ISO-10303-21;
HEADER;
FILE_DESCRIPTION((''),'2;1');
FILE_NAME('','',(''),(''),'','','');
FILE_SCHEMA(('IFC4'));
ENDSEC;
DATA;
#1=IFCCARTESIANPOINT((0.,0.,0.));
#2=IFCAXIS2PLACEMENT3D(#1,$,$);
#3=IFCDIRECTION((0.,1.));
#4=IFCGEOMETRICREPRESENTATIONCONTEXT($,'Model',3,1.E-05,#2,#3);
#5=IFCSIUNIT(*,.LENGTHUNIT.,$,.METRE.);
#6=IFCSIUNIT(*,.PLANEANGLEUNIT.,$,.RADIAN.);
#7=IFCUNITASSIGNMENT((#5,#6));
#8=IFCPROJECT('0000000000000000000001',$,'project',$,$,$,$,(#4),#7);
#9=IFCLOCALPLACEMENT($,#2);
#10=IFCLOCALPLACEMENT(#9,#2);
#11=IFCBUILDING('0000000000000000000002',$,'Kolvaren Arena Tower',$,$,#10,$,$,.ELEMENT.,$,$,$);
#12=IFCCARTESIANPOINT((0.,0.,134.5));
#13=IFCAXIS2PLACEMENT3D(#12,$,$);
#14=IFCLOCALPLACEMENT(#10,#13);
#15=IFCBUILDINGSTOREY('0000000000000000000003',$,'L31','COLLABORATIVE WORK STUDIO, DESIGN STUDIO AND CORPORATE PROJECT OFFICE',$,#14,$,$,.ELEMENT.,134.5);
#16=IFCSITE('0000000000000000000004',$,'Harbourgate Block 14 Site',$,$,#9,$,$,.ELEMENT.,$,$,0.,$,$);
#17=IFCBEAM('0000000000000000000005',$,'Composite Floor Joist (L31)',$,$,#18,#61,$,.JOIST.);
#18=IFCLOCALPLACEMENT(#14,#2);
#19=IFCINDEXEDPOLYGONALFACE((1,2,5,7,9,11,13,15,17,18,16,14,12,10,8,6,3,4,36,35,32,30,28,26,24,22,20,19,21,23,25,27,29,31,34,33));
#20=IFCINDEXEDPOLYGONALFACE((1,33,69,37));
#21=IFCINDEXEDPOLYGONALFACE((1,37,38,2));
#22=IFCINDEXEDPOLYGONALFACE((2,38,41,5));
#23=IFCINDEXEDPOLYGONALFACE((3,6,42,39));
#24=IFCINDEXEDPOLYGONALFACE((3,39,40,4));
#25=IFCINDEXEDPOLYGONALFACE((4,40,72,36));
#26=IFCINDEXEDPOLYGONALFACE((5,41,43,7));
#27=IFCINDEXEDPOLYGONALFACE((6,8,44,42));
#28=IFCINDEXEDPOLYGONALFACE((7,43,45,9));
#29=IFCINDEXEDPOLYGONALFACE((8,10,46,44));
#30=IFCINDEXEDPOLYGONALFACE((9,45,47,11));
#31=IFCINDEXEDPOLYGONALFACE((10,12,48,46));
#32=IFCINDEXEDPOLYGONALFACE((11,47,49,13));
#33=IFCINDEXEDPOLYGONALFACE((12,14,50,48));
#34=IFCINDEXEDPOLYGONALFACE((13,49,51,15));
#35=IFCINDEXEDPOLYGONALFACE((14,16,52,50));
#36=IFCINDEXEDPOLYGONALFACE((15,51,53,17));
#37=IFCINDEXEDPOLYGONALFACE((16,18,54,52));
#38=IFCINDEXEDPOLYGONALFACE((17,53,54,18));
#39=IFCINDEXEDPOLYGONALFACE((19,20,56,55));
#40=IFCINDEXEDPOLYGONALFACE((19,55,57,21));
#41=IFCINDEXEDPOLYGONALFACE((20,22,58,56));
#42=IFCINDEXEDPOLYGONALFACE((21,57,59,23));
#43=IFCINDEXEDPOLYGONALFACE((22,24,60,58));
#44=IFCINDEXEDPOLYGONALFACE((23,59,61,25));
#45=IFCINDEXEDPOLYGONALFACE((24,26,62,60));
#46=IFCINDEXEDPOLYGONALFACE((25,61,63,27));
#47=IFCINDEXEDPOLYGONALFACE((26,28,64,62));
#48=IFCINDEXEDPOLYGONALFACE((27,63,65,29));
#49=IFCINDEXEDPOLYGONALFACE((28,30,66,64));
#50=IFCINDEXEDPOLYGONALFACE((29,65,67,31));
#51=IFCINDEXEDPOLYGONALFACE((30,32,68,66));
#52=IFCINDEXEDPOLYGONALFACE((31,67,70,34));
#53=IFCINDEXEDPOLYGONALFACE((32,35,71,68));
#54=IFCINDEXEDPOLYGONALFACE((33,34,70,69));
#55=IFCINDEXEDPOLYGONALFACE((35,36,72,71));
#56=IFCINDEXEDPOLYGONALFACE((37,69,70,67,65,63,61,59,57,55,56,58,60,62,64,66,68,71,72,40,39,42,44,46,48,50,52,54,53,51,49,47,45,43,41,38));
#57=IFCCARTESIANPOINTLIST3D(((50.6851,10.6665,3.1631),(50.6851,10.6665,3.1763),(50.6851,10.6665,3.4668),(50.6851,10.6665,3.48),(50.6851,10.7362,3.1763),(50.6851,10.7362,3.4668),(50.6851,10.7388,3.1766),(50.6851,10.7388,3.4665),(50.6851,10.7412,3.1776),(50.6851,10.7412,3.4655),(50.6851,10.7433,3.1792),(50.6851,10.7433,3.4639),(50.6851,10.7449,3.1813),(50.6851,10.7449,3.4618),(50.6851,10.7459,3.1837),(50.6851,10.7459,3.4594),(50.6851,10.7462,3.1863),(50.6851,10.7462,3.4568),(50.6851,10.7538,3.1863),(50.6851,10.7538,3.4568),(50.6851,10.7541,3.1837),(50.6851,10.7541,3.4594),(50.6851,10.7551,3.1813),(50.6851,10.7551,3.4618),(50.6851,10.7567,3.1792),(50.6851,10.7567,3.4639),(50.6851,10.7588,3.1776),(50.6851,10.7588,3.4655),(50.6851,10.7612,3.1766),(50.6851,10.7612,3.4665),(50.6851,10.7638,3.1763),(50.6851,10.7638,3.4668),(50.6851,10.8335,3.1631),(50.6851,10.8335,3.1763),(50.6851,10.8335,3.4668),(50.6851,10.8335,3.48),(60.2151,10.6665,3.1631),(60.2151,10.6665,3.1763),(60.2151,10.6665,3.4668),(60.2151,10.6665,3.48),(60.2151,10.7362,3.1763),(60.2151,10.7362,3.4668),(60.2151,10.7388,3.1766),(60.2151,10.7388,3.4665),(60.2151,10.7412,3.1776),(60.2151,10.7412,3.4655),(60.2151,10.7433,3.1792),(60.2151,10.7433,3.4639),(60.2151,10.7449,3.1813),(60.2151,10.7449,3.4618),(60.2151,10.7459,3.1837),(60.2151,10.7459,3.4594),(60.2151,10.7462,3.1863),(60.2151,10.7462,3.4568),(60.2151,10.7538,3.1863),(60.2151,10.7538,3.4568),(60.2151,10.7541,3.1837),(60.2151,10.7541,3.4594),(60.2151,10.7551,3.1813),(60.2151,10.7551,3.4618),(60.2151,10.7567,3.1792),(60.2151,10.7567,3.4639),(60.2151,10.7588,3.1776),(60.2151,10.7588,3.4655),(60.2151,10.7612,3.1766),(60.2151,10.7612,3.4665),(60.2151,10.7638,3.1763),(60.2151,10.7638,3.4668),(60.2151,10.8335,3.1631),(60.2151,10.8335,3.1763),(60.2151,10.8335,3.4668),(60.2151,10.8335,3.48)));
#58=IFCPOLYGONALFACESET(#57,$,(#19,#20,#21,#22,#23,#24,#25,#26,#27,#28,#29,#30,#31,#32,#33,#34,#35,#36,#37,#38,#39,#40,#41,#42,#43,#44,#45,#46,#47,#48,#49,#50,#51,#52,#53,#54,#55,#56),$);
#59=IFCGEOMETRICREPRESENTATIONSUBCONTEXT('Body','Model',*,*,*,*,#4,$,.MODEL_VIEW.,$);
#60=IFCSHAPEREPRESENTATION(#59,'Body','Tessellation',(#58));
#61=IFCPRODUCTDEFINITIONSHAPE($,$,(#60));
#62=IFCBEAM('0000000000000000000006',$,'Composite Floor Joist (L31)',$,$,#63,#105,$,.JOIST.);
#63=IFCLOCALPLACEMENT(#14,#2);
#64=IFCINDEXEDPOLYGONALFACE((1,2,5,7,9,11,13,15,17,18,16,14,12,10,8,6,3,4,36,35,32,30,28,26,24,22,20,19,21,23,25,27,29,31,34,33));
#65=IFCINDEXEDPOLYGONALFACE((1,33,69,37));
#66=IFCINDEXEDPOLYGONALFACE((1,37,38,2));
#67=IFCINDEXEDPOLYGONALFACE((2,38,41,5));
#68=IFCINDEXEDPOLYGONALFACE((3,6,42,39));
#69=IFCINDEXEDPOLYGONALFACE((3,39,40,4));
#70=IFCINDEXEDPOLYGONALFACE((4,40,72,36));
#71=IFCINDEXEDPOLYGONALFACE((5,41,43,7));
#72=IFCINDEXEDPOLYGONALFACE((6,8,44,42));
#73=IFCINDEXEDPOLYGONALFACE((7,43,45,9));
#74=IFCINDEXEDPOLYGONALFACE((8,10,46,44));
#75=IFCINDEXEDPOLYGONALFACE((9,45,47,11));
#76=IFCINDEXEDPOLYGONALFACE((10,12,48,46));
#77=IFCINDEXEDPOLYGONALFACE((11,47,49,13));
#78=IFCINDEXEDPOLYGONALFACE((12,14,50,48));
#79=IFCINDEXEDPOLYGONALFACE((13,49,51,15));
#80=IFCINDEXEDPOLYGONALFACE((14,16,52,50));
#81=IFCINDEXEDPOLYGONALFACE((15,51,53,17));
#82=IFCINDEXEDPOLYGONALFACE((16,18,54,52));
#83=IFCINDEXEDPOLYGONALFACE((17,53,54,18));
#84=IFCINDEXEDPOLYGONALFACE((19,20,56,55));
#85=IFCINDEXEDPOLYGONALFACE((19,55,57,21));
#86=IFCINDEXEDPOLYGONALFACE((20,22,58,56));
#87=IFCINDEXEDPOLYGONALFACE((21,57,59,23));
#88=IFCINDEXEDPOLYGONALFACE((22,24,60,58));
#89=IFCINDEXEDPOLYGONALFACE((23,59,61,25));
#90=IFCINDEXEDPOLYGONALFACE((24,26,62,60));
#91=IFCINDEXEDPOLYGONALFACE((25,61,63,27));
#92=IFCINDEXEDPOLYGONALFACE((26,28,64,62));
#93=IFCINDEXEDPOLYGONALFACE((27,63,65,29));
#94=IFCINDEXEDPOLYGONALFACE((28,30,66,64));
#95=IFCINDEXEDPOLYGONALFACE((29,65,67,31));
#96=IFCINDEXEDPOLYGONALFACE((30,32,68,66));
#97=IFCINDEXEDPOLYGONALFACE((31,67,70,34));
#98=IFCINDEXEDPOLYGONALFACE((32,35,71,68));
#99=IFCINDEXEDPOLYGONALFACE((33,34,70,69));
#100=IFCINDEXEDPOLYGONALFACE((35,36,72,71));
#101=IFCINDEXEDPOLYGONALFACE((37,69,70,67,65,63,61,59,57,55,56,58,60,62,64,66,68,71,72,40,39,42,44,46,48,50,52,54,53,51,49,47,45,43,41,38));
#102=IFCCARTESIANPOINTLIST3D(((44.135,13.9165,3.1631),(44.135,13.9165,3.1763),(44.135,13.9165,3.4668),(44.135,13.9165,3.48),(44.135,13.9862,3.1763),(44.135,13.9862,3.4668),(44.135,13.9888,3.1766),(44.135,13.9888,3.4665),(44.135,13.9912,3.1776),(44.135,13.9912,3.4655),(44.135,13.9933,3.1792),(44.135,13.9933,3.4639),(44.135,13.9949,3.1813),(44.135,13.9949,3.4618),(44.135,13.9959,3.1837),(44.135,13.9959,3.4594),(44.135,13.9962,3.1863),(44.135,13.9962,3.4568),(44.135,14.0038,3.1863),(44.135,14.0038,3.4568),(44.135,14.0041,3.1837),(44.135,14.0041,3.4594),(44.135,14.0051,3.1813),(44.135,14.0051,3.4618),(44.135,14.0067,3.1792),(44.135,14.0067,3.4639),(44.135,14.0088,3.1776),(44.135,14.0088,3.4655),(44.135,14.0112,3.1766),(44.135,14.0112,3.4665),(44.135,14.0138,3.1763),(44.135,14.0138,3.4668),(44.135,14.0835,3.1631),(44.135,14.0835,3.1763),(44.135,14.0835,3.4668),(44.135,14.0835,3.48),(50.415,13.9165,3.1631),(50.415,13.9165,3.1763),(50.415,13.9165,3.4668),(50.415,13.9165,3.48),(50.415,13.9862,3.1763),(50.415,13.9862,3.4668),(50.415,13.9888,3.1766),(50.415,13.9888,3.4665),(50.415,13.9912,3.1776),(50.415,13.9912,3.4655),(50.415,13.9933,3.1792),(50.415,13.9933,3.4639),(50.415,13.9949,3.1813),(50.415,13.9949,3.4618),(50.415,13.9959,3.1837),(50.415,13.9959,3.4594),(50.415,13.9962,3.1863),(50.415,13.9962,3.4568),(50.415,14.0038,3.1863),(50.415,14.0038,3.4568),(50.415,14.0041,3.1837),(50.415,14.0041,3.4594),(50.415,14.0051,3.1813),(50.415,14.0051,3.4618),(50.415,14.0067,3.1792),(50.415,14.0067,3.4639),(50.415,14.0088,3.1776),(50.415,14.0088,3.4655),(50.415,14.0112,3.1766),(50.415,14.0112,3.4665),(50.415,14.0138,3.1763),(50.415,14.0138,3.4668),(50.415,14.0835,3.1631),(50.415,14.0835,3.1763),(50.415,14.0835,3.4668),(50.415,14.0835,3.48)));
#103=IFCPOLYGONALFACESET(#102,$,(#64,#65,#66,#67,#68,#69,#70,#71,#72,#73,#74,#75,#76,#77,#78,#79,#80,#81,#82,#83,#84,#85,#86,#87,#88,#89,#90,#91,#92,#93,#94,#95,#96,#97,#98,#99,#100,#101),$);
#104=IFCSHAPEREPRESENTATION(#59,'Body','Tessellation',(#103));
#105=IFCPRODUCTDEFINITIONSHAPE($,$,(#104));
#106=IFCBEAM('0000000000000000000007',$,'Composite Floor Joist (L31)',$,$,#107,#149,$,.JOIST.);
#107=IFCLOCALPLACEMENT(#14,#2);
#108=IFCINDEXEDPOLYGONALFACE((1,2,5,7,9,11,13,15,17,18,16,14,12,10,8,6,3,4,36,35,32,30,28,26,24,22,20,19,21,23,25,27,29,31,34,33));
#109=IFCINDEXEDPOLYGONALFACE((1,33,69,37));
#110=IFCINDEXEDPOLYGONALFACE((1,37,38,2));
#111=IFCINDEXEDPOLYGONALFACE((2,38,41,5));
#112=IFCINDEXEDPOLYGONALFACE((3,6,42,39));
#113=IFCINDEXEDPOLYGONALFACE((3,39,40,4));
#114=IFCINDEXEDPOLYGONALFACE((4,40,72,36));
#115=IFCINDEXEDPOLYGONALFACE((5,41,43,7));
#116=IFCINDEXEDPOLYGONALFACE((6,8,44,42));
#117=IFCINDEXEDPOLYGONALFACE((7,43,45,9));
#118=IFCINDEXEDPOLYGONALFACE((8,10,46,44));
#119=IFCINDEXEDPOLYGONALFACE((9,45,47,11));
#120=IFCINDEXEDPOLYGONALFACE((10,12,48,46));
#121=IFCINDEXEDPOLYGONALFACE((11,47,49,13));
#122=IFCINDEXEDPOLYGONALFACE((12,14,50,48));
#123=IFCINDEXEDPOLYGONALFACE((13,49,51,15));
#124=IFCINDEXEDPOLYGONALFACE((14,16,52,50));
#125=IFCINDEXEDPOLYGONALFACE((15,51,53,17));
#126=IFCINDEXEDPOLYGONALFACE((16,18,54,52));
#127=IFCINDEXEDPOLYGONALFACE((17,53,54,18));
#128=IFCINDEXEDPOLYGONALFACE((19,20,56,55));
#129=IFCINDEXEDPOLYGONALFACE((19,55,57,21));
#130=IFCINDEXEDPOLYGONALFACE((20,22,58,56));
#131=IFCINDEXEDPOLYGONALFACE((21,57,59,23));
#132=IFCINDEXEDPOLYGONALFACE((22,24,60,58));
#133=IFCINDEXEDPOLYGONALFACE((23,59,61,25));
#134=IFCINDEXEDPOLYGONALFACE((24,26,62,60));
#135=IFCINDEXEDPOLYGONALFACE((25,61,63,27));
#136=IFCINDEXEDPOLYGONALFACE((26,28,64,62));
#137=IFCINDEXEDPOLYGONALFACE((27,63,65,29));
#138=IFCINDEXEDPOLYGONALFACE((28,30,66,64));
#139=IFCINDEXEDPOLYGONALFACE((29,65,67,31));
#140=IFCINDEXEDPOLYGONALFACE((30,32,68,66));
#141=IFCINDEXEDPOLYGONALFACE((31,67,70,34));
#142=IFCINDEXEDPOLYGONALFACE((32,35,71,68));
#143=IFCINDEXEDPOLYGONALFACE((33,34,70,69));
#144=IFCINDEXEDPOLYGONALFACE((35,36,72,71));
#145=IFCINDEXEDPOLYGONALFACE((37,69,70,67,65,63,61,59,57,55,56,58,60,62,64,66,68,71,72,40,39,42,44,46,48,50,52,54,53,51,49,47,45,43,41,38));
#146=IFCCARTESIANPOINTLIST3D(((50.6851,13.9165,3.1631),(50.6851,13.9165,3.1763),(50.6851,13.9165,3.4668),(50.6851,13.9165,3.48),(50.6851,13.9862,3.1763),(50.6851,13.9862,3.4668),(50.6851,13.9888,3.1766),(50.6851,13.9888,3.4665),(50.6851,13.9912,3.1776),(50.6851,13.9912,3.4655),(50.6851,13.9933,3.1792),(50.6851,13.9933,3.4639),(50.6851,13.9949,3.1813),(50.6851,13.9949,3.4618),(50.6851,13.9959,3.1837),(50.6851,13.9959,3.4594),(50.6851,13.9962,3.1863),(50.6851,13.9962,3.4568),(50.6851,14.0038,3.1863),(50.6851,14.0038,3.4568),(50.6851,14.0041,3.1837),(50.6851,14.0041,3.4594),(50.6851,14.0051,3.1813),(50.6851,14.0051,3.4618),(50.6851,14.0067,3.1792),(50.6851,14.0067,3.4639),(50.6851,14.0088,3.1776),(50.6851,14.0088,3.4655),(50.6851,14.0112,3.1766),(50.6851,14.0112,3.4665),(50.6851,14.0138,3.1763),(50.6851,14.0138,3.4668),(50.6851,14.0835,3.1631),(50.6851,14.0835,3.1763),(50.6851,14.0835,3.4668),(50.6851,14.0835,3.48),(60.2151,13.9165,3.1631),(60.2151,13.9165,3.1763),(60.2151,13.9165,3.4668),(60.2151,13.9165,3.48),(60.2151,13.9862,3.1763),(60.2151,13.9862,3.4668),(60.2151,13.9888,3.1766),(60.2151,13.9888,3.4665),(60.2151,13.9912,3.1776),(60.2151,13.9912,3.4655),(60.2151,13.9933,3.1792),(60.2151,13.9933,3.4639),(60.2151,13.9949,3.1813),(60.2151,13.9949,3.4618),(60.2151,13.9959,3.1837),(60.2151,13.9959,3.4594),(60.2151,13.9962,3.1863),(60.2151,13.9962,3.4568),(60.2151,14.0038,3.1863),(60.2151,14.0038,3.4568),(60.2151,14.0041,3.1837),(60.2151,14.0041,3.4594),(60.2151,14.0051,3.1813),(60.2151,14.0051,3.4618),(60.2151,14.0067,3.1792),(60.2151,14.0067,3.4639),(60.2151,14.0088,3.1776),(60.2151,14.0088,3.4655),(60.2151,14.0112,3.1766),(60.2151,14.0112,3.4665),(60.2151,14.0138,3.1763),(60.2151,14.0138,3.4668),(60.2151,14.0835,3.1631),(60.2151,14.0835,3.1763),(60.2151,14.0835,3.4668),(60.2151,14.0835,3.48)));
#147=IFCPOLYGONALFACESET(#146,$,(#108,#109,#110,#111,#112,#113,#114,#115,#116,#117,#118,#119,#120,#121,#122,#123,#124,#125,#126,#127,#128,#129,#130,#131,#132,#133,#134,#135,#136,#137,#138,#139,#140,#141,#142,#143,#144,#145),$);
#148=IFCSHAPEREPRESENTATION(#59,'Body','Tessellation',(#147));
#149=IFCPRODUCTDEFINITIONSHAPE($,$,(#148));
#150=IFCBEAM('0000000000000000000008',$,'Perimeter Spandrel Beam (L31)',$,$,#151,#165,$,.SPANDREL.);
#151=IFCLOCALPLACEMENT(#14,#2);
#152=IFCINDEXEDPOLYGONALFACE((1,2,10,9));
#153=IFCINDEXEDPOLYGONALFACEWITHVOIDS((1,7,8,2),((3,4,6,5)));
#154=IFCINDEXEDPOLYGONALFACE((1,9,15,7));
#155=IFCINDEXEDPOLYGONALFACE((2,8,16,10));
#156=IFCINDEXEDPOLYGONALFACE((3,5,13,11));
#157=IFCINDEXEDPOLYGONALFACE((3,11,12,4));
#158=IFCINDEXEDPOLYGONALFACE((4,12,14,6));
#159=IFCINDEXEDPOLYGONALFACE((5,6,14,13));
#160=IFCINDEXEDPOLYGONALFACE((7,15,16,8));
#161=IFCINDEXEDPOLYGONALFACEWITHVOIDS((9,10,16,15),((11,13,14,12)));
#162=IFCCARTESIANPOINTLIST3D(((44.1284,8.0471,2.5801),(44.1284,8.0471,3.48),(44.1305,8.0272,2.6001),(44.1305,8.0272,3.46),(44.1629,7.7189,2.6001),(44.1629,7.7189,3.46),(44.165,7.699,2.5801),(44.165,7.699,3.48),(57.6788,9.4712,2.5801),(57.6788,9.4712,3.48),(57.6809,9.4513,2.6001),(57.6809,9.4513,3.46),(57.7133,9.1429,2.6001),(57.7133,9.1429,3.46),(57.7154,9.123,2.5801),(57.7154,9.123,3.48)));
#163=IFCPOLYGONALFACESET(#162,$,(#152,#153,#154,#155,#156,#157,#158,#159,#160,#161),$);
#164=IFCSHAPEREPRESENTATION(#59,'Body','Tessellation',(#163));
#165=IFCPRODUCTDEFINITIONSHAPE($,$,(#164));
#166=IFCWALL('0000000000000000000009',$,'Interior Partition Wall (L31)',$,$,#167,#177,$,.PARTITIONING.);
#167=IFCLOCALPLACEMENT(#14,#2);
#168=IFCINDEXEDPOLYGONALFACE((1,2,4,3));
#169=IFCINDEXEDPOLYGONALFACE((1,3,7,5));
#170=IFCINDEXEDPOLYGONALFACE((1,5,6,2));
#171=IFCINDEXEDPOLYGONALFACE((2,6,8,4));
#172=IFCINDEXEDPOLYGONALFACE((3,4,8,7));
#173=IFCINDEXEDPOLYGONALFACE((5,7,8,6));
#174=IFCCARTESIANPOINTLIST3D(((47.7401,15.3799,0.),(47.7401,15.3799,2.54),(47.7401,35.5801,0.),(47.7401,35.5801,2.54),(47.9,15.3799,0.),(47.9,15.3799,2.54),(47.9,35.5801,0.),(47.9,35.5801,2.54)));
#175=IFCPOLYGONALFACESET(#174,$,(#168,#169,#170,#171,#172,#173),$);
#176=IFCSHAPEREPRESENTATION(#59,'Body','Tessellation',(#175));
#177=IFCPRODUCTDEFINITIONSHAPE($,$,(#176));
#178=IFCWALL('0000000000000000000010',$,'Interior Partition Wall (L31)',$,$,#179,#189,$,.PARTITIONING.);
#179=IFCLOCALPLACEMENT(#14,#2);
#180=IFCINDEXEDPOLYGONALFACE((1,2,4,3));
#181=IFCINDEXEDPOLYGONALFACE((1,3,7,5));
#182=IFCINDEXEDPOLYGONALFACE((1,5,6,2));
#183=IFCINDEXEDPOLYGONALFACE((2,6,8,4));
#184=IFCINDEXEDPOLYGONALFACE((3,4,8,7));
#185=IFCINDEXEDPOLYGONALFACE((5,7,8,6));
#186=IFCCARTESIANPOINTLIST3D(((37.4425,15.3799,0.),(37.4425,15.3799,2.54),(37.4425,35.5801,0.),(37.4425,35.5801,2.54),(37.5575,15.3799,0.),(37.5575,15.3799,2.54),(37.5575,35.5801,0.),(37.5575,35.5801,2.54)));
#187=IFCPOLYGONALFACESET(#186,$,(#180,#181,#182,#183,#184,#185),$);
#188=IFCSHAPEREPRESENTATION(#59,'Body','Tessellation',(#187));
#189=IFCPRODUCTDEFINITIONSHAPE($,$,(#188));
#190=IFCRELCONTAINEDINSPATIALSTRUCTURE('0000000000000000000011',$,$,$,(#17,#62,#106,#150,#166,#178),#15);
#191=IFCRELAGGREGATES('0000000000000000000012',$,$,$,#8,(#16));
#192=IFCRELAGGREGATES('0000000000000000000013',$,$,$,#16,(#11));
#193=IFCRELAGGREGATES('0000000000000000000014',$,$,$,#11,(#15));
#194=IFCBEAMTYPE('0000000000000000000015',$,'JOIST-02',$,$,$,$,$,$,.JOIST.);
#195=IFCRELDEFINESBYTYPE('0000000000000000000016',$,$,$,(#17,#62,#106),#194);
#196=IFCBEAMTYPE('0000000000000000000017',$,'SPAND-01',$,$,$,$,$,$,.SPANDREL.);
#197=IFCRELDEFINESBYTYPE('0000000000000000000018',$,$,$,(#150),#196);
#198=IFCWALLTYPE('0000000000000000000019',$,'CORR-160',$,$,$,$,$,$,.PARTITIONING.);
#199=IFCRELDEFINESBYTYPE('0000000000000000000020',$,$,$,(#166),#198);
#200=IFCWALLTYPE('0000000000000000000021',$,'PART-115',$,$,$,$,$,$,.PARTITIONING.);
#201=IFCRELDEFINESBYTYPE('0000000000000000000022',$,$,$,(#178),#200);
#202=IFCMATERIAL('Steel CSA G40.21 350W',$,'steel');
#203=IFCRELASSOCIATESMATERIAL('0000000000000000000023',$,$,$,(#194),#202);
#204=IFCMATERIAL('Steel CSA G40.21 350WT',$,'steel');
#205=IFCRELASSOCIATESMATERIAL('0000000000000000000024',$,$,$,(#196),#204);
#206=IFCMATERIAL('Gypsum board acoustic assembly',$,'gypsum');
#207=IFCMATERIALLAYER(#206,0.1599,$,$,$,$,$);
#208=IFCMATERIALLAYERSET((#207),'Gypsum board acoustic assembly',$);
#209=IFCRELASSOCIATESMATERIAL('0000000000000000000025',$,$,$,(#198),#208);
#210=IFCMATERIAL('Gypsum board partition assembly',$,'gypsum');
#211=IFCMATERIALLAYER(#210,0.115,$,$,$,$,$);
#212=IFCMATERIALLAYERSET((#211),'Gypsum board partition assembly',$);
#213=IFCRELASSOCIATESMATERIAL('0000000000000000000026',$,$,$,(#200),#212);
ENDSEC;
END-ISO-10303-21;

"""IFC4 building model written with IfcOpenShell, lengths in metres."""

from ifc_helpers import new_model, si_unit, direction, frame, frame_2d, origin, origin_2d, place, context, subcontext, project, spatial, rectangle, hollow_rectangle, i_section, extrude, material, layer, layer_set, material_profile, profile_set, type_object, element, save


model = new_model("IFC4")

# Units and contexts
model_context = context("Model", 3, precision=1e-05, world=origin(), true_north=direction((0.0, 1.0)))
body_context = subcontext(model_context, "Body", "Model", "MODEL_VIEW")
ifc_project = project(units=[si_unit("LENGTHUNIT", "METRE"), si_unit("PLANEANGLEUNIT", "RADIAN")], contexts=[model_context])

# Site, building, storey
site_placement = place(None, origin())
site = spatial("IfcSite", under=ifc_project, at=site_placement, Name="Harbourgate Block 14 Site", CompositionType="ELEMENT", RefElevation=0.0)
building_placement = place(site_placement, origin())
building = spatial("IfcBuilding", under=site, at=building_placement, Name="Kolvaren Arena Tower", CompositionType="ELEMENT")
storey_placement = place(building_placement, frame((0.0, 0.0, 134.5)))
storey = spatial("IfcBuildingStorey", under=building, at=storey_placement, Name="L31", Description="COLLABORATIVE WORK STUDIO, DESIGN STUDIO AND CORPORATE PROJECT OFFICE", CompositionType="ELEMENT", Elevation=134.5)

# Beams
ifc_material_1 = material(Name="Steel CSA G40.21 350W", Category="steel")
ifc_material_profile_1 = material_profile(ifc_material_1, i_section(OverallWidth=0.167, OverallDepth=0.3169, WebThickness=0.0076, FlangeThickness=0.0132, FilletRadius=0.01, at=origin_2d()), Name="W310x52")
ifc_profile_set_1 = profile_set([ifc_material_profile_1], Name="Steel CSA G40.21 350W")
beam_type_1 = type_object("IfcBeamType", Name="JOIST-02", PredefinedType="JOIST", material=ifc_profile_set_1)
beam_1_placement = place(storey_placement, frame((50.6851, 10.75, 3.3215), z_axis=(1.0, 0.0, 0.0), x_axis=(0.0, 1.0, 0.0)))
element("IfcBeam", 1, at=beam_1_placement, inside=storey, type_object=beam_type_1, Name="Composite Floor Joist (L31)", PredefinedType="JOIST", context=body_context, shape_type="SweptSolid", body=[
    extrude(i_section(OverallWidth=0.167, OverallDepth=0.3169, WebThickness=0.0076, FlangeThickness=0.0132, FilletRadius=0.01, at=origin_2d()), origin(), (0.0, 0.0, 1.0), 9.53),
])
beam_2_placement = place(storey_placement, frame((44.135, 14.0, 3.3215), z_axis=(1.0, 0.0, 0.0), x_axis=(0.0, 1.0, 0.0)))
element("IfcBeam", 2, at=beam_2_placement, inside=storey, type_object=beam_type_1, Name="Composite Floor Joist (L31)", PredefinedType="JOIST", context=body_context, shape_type="SweptSolid", body=[
    extrude(i_section(OverallWidth=0.167, OverallDepth=0.3169, WebThickness=0.0076, FlangeThickness=0.0132, FilletRadius=0.01, at=origin_2d()), origin(), (0.0, 0.0, 1.0), 6.28),
])
beam_3_placement = place(storey_placement, frame((50.6851, 14.0, 3.3215), z_axis=(1.0, 0.0, 0.0), x_axis=(0.0, 1.0, 0.0)))
element("IfcBeam", 3, at=beam_3_placement, inside=storey, type_object=beam_type_1, Name="Composite Floor Joist (L31)", PredefinedType="JOIST", context=body_context, shape_type="SweptSolid", body=[
    extrude(i_section(OverallWidth=0.167, OverallDepth=0.3169, WebThickness=0.0076, FlangeThickness=0.0132, FilletRadius=0.01, at=origin_2d()), origin(), (0.0, 0.0, 1.0), 9.53),
])
ifc_material_2 = material(Name="Steel CSA G40.21 350WT", Category="steel")
ifc_material_profile_2 = material_profile(ifc_material_2, hollow_rectangle(XDim=0.3501, YDim=0.8999, WallThickness=0.02, at=origin_2d()), Name="HSS 900x350x20")
ifc_profile_set_2 = profile_set([ifc_material_profile_2], Name="Steel CSA G40.21 350WT")
beam_type_2 = type_object("IfcBeamType", Name="SPAND-01", PredefinedType="SPANDREL", material=ifc_profile_set_2)
beam_4_placement = place(storey_placement, frame((44.1467, 7.873, 3.03), z_axis=(0.994523, 0.10452, 0.0), x_axis=(-0.10452, 0.994523, 0.0)))
element("IfcBeam", 4, at=beam_4_placement, inside=storey, type_object=beam_type_2, Name="Perimeter Spandrel Beam (L31)", PredefinedType="SPANDREL", context=body_context, shape_type="SweptSolid", body=[
    extrude(hollow_rectangle(XDim=0.3501, YDim=0.8999, WallThickness=0.02, at=origin_2d()), origin(), (0.0, 0.0, 1.0), 13.625),
])

# Walls
ifc_material_3 = material(Name="Gypsum board acoustic assembly", Category="gypsum")
ifc_layer_1 = layer(ifc_material_3, 0.1599)
ifc_layer_set_1 = layer_set([ifc_layer_1], Name="Gypsum board acoustic assembly")
wall_type_1 = type_object("IfcWallType", Name="CORR-160", PredefinedType="PARTITIONING", material=ifc_layer_set_1)
wall_1_placement = place(storey_placement, frame((47.8201, 15.3799, 0.0), z_axis=(0.0, 0.0, 1.0), x_axis=(0.0, 1.0, 0.0)))
element("IfcWall", 5, at=wall_1_placement, inside=storey, type_object=wall_type_1, Name="Interior Partition Wall (L31)", PredefinedType="PARTITIONING", context=body_context, shape_type="SweptSolid", body=[
    extrude(rectangle(XDim=20.2002, YDim=0.1599, at=frame_2d((10.1001, 0.0))), origin(), (0.0, 0.0, 1.0), 2.54),
])
ifc_material_4 = material(Name="Gypsum board partition assembly", Category="gypsum")
ifc_layer_2 = layer(ifc_material_4, 0.115)
ifc_layer_set_2 = layer_set([ifc_layer_2], Name="Gypsum board partition assembly")
wall_type_2 = type_object("IfcWallType", Name="PART-115", PredefinedType="PARTITIONING", material=ifc_layer_set_2)
wall_2_placement = place(storey_placement, frame((37.5, 15.3799, 0.0), z_axis=(0.0, 0.0, 1.0), x_axis=(0.0, 1.0, 0.0)))
element("IfcWall", 6, at=wall_2_placement, inside=storey, type_object=wall_type_2, Name="Interior Partition Wall (L31)", PredefinedType="PARTITIONING", context=body_context, shape_type="SweptSolid", body=[
    extrude(rectangle(XDim=20.2002, YDim=0.115, at=frame_2d((10.1001, 0.0))), origin(), (0.0, 0.0, 1.0), 2.54),
])

save(model, "model.ifc")
